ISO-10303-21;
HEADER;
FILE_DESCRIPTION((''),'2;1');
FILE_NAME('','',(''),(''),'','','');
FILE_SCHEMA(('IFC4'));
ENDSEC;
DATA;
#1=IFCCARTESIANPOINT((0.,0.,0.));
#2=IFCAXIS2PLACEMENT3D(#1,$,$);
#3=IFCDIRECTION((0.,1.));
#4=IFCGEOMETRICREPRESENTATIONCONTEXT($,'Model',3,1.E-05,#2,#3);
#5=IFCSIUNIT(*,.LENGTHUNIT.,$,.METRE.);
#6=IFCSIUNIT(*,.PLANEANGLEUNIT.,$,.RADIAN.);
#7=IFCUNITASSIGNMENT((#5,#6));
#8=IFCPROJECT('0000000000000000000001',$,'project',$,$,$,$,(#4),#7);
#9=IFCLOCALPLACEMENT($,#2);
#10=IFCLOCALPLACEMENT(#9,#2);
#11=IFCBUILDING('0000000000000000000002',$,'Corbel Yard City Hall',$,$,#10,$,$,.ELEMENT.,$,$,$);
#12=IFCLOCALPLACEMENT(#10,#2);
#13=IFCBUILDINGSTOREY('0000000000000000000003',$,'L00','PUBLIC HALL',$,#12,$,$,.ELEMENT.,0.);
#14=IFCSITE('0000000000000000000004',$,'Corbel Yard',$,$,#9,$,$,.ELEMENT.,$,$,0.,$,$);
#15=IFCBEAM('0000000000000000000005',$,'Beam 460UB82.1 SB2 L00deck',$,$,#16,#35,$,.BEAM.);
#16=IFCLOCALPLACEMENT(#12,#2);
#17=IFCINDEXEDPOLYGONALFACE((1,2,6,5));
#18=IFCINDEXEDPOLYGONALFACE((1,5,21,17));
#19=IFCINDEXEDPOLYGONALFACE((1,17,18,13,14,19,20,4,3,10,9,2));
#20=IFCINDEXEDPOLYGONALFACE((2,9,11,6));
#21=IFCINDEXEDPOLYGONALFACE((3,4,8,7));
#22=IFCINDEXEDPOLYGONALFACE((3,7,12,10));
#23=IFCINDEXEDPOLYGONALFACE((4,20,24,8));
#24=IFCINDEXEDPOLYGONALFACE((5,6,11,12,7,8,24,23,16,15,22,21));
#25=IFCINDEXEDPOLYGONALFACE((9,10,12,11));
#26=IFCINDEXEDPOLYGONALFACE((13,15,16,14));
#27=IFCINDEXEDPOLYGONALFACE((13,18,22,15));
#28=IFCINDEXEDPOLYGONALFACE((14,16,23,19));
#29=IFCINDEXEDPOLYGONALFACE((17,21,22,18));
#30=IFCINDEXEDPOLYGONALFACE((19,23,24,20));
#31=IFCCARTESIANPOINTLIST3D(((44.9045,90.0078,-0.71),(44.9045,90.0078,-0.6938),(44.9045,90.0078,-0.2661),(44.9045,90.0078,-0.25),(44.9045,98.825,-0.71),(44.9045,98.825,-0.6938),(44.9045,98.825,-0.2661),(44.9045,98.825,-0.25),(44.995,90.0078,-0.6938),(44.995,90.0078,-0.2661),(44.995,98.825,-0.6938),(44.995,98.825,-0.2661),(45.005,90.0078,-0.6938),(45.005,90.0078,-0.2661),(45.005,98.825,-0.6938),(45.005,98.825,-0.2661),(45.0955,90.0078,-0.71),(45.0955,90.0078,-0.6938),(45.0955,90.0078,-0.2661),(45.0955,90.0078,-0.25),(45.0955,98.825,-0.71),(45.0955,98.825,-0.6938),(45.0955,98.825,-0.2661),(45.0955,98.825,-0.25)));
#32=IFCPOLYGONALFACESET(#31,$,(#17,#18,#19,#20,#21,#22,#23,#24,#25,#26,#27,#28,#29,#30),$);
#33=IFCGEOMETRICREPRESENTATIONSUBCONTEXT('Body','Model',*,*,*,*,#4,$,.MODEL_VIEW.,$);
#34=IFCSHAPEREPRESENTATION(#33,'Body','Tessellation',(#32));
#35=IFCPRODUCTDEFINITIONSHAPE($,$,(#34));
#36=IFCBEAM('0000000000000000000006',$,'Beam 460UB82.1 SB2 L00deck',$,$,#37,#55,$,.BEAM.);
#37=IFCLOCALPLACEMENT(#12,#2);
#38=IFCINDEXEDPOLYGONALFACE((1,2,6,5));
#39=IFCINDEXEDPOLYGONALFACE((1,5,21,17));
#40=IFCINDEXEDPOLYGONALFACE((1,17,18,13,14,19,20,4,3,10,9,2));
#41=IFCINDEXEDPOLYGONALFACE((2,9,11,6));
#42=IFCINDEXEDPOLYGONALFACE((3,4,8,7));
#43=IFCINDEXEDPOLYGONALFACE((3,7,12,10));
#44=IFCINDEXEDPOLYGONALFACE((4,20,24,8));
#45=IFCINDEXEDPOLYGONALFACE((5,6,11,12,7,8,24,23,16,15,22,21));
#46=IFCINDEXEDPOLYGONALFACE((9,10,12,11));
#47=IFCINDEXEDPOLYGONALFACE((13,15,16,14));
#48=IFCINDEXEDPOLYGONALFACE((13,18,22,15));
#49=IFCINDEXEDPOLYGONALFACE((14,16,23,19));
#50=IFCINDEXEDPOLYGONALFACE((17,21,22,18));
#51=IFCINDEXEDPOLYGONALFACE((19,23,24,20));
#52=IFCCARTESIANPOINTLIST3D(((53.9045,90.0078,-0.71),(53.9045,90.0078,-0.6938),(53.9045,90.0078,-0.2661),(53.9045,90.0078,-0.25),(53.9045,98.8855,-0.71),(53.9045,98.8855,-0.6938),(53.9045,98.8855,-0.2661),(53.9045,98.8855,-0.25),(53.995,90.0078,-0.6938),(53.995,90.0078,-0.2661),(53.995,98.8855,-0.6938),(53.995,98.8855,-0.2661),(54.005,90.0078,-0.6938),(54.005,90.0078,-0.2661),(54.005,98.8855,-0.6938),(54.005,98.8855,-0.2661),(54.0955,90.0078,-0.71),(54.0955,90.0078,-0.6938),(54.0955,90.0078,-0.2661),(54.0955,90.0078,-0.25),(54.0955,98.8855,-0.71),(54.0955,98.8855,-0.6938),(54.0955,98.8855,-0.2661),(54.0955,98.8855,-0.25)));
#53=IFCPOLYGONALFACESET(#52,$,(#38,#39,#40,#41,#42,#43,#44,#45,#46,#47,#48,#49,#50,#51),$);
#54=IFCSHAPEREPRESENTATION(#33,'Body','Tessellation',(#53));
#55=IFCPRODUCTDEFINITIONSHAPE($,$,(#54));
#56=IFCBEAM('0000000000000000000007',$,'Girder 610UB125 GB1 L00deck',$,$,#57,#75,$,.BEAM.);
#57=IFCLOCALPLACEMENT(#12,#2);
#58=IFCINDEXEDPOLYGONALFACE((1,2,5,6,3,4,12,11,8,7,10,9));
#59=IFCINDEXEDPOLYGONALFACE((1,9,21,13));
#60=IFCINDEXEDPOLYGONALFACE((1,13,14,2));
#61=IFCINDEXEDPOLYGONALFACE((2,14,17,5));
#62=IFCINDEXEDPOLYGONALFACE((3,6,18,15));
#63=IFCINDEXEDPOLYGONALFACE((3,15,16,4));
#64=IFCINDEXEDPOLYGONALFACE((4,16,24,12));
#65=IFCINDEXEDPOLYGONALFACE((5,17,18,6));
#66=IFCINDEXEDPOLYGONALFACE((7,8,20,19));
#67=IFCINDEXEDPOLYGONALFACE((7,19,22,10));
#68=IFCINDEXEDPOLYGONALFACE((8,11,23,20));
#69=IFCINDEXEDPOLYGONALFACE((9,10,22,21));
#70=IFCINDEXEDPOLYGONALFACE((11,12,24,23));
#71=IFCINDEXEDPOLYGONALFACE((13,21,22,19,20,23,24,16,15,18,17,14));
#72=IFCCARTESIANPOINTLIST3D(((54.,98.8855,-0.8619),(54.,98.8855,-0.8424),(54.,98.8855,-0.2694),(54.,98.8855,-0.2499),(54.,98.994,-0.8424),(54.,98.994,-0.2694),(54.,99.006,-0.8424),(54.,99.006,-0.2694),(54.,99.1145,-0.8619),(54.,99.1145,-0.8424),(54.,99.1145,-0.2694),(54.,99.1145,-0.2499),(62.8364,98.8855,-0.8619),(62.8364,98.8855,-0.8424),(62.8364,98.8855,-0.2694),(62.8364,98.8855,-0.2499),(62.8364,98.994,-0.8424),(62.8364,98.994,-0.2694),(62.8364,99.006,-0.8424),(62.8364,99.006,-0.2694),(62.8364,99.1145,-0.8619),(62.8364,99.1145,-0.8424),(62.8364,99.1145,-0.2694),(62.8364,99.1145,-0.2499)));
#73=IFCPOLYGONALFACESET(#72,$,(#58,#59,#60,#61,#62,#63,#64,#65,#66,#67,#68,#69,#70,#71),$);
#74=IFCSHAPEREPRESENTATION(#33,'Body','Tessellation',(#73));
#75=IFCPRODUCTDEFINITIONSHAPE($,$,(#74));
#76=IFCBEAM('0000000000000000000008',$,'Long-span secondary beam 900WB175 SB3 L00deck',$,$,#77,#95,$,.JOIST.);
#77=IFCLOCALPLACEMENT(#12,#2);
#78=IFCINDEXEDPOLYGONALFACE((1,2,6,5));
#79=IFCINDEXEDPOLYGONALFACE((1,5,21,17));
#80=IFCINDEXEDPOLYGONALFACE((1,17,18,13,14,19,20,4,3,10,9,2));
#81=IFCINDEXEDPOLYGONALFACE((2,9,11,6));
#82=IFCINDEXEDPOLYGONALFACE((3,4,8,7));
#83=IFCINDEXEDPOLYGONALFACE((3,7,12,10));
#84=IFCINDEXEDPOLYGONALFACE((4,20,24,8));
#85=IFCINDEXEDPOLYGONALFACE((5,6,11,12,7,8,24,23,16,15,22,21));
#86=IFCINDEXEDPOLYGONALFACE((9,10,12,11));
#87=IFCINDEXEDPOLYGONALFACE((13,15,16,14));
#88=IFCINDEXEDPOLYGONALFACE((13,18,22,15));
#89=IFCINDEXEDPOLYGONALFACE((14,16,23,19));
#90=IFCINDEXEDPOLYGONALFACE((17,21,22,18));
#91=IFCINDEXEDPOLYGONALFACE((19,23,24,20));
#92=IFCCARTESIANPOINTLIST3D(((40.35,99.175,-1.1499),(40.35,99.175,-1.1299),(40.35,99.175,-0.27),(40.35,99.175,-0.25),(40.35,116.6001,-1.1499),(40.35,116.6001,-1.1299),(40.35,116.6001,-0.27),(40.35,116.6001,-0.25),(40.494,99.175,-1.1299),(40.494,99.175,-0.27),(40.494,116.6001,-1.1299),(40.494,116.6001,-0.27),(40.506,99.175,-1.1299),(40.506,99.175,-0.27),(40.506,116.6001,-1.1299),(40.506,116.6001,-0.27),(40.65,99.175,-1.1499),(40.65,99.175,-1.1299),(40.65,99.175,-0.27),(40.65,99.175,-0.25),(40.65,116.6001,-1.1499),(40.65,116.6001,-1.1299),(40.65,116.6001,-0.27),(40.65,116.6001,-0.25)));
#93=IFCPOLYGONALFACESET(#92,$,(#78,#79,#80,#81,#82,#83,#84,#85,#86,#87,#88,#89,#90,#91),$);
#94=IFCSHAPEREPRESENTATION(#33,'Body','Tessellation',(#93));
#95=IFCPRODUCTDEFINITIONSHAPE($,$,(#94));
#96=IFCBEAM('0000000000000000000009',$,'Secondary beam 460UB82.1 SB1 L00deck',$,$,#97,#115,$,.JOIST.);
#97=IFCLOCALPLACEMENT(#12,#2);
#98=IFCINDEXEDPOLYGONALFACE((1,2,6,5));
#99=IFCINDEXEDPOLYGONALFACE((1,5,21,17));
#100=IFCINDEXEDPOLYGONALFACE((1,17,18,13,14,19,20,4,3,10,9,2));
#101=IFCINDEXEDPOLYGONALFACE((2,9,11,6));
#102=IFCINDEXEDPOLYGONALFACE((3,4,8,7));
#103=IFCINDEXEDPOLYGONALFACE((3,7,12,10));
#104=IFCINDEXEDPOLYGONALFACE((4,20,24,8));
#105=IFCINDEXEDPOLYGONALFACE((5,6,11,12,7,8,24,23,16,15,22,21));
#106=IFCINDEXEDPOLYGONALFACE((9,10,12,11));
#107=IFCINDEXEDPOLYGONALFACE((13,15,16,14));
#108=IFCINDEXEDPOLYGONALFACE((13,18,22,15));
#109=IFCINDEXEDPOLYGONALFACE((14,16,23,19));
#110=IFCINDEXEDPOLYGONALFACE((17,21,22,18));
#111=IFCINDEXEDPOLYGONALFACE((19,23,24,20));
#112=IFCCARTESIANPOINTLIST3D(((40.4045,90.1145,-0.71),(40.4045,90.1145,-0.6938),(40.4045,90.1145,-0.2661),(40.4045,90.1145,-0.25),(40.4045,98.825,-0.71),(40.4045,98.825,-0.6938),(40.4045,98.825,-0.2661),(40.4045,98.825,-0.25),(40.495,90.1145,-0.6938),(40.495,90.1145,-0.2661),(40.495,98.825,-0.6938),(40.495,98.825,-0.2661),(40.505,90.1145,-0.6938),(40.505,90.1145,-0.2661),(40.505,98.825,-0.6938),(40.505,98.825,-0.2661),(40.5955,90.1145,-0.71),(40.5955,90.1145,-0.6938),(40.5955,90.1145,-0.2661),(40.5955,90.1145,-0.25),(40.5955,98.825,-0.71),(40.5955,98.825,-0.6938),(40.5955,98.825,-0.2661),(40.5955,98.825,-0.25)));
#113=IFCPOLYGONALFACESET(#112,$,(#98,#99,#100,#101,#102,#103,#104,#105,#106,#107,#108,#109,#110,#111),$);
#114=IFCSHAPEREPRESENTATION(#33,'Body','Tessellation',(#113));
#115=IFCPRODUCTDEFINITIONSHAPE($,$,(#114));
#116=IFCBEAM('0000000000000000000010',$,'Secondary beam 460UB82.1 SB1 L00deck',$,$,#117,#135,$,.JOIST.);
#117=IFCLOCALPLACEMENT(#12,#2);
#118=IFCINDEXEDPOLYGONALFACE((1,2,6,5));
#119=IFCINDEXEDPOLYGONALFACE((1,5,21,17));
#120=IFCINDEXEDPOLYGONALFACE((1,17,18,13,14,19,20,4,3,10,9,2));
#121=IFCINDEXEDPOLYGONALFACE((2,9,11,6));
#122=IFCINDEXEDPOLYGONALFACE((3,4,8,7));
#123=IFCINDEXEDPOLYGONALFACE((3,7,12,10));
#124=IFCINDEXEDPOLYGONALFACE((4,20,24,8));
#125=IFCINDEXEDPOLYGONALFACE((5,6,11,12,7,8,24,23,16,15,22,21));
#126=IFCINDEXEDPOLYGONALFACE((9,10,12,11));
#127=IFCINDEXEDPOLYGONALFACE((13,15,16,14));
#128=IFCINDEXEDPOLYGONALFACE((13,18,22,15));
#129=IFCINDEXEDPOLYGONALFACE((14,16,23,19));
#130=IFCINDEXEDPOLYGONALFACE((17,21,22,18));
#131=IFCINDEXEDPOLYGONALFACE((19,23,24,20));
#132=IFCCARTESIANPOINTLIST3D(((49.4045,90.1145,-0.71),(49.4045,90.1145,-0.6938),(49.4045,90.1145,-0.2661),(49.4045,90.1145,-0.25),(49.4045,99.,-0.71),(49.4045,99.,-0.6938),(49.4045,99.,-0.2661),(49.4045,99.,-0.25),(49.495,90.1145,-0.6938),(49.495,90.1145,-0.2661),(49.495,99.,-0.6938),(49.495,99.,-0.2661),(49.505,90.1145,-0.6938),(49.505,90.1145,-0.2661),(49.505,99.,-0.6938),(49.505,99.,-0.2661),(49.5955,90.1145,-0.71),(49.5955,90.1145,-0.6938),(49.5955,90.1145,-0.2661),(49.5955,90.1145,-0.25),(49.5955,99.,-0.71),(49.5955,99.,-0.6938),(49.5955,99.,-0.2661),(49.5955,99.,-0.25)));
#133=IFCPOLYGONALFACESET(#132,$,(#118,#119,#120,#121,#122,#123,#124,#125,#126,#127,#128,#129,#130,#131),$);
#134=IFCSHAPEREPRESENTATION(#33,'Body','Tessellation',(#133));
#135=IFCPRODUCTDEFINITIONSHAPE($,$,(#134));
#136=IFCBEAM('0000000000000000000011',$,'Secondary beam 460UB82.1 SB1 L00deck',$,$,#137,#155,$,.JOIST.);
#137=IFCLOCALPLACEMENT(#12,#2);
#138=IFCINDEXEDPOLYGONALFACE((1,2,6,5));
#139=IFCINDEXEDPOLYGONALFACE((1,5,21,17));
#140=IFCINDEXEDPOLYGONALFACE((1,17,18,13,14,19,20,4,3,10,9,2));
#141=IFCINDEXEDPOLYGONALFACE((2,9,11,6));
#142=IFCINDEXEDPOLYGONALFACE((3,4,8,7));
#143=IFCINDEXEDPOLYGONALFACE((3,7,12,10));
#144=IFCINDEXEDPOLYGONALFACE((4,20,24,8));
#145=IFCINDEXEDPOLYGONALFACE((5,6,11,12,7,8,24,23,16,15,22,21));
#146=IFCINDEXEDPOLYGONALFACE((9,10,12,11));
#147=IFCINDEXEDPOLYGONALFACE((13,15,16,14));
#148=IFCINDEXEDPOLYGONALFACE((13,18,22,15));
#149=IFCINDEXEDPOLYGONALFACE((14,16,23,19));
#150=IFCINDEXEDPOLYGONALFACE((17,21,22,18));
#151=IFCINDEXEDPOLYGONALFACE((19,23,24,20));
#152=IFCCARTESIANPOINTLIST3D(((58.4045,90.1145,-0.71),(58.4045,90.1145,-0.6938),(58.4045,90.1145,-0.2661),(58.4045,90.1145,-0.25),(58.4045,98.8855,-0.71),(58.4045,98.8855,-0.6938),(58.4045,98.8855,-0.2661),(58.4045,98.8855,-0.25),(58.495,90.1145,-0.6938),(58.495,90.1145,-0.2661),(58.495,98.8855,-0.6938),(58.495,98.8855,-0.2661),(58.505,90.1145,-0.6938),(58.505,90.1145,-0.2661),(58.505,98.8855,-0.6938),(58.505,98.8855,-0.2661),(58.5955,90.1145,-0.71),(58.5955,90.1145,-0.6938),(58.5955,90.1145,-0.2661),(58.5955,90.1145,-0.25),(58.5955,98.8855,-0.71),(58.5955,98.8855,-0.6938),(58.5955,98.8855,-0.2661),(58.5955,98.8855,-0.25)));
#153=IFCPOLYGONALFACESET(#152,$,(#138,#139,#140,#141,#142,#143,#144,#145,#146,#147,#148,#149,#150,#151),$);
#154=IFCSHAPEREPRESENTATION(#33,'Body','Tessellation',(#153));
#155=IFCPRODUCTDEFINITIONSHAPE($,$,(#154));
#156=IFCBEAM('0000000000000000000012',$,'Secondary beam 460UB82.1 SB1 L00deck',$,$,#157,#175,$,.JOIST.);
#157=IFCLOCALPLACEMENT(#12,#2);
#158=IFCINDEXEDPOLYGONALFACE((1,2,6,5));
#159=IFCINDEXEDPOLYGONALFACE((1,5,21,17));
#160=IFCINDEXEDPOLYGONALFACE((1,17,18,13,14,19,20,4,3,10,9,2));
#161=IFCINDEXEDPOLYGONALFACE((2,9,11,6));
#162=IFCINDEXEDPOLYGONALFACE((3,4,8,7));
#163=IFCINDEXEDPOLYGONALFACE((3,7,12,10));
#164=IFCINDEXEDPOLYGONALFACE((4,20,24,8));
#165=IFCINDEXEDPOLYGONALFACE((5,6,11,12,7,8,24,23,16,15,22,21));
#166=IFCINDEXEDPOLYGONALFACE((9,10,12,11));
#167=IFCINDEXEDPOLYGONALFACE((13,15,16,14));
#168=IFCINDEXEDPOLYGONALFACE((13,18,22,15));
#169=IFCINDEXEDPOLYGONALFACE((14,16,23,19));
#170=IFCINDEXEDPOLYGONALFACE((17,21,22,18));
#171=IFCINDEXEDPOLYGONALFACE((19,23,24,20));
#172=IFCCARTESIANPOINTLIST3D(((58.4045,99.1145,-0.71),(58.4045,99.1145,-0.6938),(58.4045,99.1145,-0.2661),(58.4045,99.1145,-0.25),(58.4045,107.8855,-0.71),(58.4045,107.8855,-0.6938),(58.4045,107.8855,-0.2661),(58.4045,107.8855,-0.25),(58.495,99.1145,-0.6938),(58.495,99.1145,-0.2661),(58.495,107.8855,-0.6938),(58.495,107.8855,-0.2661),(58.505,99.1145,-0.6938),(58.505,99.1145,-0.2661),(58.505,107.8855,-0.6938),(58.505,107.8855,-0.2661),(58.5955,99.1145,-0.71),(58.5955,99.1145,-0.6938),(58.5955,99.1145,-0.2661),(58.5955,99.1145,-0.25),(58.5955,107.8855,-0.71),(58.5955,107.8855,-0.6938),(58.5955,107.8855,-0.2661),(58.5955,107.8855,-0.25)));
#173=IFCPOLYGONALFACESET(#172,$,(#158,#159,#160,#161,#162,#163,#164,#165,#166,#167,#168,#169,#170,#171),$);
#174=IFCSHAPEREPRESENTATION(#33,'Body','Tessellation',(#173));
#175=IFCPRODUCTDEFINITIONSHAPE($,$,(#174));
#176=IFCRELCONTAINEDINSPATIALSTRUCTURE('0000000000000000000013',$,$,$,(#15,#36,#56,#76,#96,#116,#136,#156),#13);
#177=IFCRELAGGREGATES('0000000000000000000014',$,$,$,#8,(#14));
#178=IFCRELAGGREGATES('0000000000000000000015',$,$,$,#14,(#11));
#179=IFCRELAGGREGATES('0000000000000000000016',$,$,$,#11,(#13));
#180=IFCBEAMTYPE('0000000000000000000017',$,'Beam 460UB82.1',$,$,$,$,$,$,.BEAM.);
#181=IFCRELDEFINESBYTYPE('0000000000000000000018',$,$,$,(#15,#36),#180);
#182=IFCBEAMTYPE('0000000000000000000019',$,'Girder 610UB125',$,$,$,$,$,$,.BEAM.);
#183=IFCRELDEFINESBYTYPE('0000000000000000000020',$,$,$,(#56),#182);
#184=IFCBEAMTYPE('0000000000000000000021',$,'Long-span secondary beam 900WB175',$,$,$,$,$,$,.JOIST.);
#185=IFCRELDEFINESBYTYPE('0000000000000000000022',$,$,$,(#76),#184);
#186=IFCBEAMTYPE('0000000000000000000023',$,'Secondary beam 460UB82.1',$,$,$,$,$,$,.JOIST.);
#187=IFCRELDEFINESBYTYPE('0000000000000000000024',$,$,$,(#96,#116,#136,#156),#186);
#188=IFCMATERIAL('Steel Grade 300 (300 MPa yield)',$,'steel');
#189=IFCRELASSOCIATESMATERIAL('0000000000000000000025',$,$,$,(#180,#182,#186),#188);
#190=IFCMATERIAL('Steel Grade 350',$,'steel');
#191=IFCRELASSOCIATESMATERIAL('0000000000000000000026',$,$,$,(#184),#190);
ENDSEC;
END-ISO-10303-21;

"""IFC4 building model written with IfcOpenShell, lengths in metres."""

from ifc_helpers import new_model, si_unit, direction, frame, origin, origin_2d, place, context, subcontext, project, spatial, i_section, extrude, material, material_profile, profile_set, type_object, element, save


model = new_model("IFC4")

# Units and contexts
model_context = context("Model", 3, precision=1e-05, world=origin(), true_north=direction((0.0, 1.0)))
body_context = subcontext(model_context, "Body", "Model", "MODEL_VIEW")
ifc_project = project(units=[si_unit("LENGTHUNIT", "METRE"), si_unit("PLANEANGLEUNIT", "RADIAN")], contexts=[model_context])

# Site, building, storey
site_placement = place(None, origin())
site = spatial("IfcSite", under=ifc_project, at=site_placement, Name="Corbel Yard", CompositionType="ELEMENT", RefElevation=0.0)
building_placement = place(site_placement, origin())
building = spatial("IfcBuilding", under=site, at=building_placement, Name="Corbel Yard City Hall", CompositionType="ELEMENT")
storey_placement = place(building_placement, origin())
storey = spatial("IfcBuildingStorey", under=building, at=storey_placement, Name="L00", Description="PUBLIC HALL", CompositionType="ELEMENT", Elevation=0.0)

# Beams
ifc_material_1 = material(Name="Steel Grade 300 (300 MPa yield)", Category="steel")
ifc_material_profile_1 = material_profile(ifc_material_1, i_section(OverallWidth=0.1909, OverallDepth=0.46, WebThickness=0.01, FlangeThickness=0.0161, at=origin_2d()), Name="460UB82.1")
ifc_profile_set_1 = profile_set([ifc_material_profile_1], Name="Steel Grade 300 (300 MPa yield)")
beam_type_1 = type_object("IfcBeamType", Name="Beam 460UB82.1", PredefinedType="BEAM", material=ifc_profile_set_1)
beam_1_placement = place(storey_placement, frame((45.0, 90.0078, -0.48), z_axis=(0.0, 1.0, 0.0), x_axis=(-1.0, 0.0, 0.0)))
element("IfcBeam", 1, at=beam_1_placement, inside=storey, type_object=beam_type_1, Name="Beam 460UB82.1 SB2 L00deck", PredefinedType="BEAM", context=body_context, shape_type="SweptSolid", body=[
    extrude(i_section(OverallWidth=0.1909, OverallDepth=0.46, WebThickness=0.01, FlangeThickness=0.0161, at=origin_2d()), origin(), (0.0, 0.0, 1.0), 8.8171),
])
beam_2_placement = place(storey_placement, frame((54.0, 90.0078, -0.48), z_axis=(0.0, 1.0, 0.0), x_axis=(-1.0, 0.0, 0.0)))
element("IfcBeam", 2, at=beam_2_placement, inside=storey, type_object=beam_type_1, Name="Beam 460UB82.1 SB2 L00deck", PredefinedType="BEAM", context=body_context, shape_type="SweptSolid", body=[
    extrude(i_section(OverallWidth=0.1909, OverallDepth=0.46, WebThickness=0.01, FlangeThickness=0.0161, at=origin_2d()), origin(), (0.0, 0.0, 1.0), 8.8777),
])
ifc_material_profile_2 = material_profile(ifc_material_1, i_section(OverallWidth=0.229, OverallDepth=0.6121, WebThickness=0.012, FlangeThickness=0.0195, at=origin_2d()), Name="610UB125")
ifc_profile_set_2 = profile_set([ifc_material_profile_2], Name="Steel Grade 300 (300 MPa yield)")
beam_type_2 = type_object("IfcBeamType", Name="Girder 610UB125", PredefinedType="BEAM", material=ifc_profile_set_2)
beam_3_placement = place(storey_placement, frame((54.0, 99.0, -0.5559), z_axis=(1.0, 0.0, 0.0), x_axis=(0.0, 1.0, 0.0)))
element("IfcBeam", 3, at=beam_3_placement, inside=storey, type_object=beam_type_2, Name="Girder 610UB125 GB1 L00deck", PredefinedType="BEAM", context=body_context, shape_type="SweptSolid", body=[
    extrude(i_section(OverallWidth=0.229, OverallDepth=0.6121, WebThickness=0.012, FlangeThickness=0.0195, at=origin_2d()), origin(), (0.0, 0.0, 1.0), 8.8364),
])
ifc_material_2 = material(Name="Steel Grade 350", Category="steel")
ifc_material_profile_3 = material_profile(ifc_material_2, i_section(OverallWidth=0.3, OverallDepth=0.8999, WebThickness=0.012, FlangeThickness=0.02, at=origin_2d()), Name="900WB175")
ifc_profile_set_3 = profile_set([ifc_material_profile_3], Name="Steel Grade 350")
beam_type_3 = type_object("IfcBeamType", Name="Long-span secondary beam 900WB175", PredefinedType="JOIST", material=ifc_profile_set_3)
beam_4_placement = place(storey_placement, frame((40.5, 99.175, -0.7), z_axis=(0.0, 1.0, 0.0), x_axis=(-1.0, 0.0, 0.0)))
element("IfcBeam", 4, at=beam_4_placement, inside=storey, type_object=beam_type_3, Name="Long-span secondary beam 900WB175 SB3 L00deck", PredefinedType="JOIST", context=body_context, shape_type="SweptSolid", body=[
    extrude(i_section(OverallWidth=0.3, OverallDepth=0.8999, WebThickness=0.012, FlangeThickness=0.02, at=origin_2d()), origin(), (0.0, 0.0, 1.0), 17.425),
])
ifc_material_profile_4 = material_profile(ifc_material_1, i_section(OverallWidth=0.1909, OverallDepth=0.46, WebThickness=0.01, FlangeThickness=0.0161, at=origin_2d()), Name="460UB82.1")
ifc_profile_set_4 = profile_set([ifc_material_profile_4], Name="Steel Grade 300 (300 MPa yield)")
beam_type_4 = type_object("IfcBeamType", Name="Secondary beam 460UB82.1", PredefinedType="JOIST", material=ifc_profile_set_4)
beam_5_placement = place(storey_placement, frame((40.5, 90.1145, -0.48), z_axis=(0.0, 1.0, 0.0), x_axis=(-1.0, 0.0, 0.0)))
element("IfcBeam", 5, at=beam_5_placement, inside=storey, type_object=beam_type_4, Name="Secondary beam 460UB82.1 SB1 L00deck", PredefinedType="JOIST", context=body_context, shape_type="SweptSolid", body=[
    extrude(i_section(OverallWidth=0.1909, OverallDepth=0.46, WebThickness=0.01, FlangeThickness=0.0161, at=origin_2d()), origin(), (0.0, 0.0, 1.0), 8.7104),
])
beam_6_placement = place(storey_placement, frame((49.5, 90.1145, -0.48), z_axis=(0.0, 1.0, 0.0), x_axis=(-1.0, 0.0, 0.0)))
element("IfcBeam", 6, at=beam_6_placement, inside=storey, type_object=beam_type_4, Name="Secondary beam 460UB82.1 SB1 L00deck", PredefinedType="JOIST", context=body_context, shape_type="SweptSolid", body=[
    extrude(i_section(OverallWidth=0.1909, OverallDepth=0.46, WebThickness=0.01, FlangeThickness=0.0161, at=origin_2d()), origin(), (0.0, 0.0, 1.0), 8.8855),
])
for number, where, z_axis, x_axis, name in (
    (7, (58.5, 90.1145, -0.48), (0.0, 1.0, 0.0), (-1.0, 0.0, 0.0), "Secondary beam 460UB82.1 SB1 L00deck"),
    (8, (58.5, 99.1145, -0.48), (0.0, 1.0, 0.0), (-1.0, 0.0, 0.0), "Secondary beam 460UB82.1 SB1 L00deck"),
):
    element("IfcBeam", number, at=place(storey_placement, frame(where, z_axis=z_axis, x_axis=x_axis)), inside=storey, type_object=beam_type_4, Name=name, PredefinedType="JOIST", context=body_context, shape_type="SweptSolid", body=[
        extrude(i_section(OverallWidth=0.1909, OverallDepth=0.46, WebThickness=0.01, FlangeThickness=0.0161, at=origin_2d()), origin(), (0.0, 0.0, 1.0), 8.771),
    ])

save(model, "model.ifc")
